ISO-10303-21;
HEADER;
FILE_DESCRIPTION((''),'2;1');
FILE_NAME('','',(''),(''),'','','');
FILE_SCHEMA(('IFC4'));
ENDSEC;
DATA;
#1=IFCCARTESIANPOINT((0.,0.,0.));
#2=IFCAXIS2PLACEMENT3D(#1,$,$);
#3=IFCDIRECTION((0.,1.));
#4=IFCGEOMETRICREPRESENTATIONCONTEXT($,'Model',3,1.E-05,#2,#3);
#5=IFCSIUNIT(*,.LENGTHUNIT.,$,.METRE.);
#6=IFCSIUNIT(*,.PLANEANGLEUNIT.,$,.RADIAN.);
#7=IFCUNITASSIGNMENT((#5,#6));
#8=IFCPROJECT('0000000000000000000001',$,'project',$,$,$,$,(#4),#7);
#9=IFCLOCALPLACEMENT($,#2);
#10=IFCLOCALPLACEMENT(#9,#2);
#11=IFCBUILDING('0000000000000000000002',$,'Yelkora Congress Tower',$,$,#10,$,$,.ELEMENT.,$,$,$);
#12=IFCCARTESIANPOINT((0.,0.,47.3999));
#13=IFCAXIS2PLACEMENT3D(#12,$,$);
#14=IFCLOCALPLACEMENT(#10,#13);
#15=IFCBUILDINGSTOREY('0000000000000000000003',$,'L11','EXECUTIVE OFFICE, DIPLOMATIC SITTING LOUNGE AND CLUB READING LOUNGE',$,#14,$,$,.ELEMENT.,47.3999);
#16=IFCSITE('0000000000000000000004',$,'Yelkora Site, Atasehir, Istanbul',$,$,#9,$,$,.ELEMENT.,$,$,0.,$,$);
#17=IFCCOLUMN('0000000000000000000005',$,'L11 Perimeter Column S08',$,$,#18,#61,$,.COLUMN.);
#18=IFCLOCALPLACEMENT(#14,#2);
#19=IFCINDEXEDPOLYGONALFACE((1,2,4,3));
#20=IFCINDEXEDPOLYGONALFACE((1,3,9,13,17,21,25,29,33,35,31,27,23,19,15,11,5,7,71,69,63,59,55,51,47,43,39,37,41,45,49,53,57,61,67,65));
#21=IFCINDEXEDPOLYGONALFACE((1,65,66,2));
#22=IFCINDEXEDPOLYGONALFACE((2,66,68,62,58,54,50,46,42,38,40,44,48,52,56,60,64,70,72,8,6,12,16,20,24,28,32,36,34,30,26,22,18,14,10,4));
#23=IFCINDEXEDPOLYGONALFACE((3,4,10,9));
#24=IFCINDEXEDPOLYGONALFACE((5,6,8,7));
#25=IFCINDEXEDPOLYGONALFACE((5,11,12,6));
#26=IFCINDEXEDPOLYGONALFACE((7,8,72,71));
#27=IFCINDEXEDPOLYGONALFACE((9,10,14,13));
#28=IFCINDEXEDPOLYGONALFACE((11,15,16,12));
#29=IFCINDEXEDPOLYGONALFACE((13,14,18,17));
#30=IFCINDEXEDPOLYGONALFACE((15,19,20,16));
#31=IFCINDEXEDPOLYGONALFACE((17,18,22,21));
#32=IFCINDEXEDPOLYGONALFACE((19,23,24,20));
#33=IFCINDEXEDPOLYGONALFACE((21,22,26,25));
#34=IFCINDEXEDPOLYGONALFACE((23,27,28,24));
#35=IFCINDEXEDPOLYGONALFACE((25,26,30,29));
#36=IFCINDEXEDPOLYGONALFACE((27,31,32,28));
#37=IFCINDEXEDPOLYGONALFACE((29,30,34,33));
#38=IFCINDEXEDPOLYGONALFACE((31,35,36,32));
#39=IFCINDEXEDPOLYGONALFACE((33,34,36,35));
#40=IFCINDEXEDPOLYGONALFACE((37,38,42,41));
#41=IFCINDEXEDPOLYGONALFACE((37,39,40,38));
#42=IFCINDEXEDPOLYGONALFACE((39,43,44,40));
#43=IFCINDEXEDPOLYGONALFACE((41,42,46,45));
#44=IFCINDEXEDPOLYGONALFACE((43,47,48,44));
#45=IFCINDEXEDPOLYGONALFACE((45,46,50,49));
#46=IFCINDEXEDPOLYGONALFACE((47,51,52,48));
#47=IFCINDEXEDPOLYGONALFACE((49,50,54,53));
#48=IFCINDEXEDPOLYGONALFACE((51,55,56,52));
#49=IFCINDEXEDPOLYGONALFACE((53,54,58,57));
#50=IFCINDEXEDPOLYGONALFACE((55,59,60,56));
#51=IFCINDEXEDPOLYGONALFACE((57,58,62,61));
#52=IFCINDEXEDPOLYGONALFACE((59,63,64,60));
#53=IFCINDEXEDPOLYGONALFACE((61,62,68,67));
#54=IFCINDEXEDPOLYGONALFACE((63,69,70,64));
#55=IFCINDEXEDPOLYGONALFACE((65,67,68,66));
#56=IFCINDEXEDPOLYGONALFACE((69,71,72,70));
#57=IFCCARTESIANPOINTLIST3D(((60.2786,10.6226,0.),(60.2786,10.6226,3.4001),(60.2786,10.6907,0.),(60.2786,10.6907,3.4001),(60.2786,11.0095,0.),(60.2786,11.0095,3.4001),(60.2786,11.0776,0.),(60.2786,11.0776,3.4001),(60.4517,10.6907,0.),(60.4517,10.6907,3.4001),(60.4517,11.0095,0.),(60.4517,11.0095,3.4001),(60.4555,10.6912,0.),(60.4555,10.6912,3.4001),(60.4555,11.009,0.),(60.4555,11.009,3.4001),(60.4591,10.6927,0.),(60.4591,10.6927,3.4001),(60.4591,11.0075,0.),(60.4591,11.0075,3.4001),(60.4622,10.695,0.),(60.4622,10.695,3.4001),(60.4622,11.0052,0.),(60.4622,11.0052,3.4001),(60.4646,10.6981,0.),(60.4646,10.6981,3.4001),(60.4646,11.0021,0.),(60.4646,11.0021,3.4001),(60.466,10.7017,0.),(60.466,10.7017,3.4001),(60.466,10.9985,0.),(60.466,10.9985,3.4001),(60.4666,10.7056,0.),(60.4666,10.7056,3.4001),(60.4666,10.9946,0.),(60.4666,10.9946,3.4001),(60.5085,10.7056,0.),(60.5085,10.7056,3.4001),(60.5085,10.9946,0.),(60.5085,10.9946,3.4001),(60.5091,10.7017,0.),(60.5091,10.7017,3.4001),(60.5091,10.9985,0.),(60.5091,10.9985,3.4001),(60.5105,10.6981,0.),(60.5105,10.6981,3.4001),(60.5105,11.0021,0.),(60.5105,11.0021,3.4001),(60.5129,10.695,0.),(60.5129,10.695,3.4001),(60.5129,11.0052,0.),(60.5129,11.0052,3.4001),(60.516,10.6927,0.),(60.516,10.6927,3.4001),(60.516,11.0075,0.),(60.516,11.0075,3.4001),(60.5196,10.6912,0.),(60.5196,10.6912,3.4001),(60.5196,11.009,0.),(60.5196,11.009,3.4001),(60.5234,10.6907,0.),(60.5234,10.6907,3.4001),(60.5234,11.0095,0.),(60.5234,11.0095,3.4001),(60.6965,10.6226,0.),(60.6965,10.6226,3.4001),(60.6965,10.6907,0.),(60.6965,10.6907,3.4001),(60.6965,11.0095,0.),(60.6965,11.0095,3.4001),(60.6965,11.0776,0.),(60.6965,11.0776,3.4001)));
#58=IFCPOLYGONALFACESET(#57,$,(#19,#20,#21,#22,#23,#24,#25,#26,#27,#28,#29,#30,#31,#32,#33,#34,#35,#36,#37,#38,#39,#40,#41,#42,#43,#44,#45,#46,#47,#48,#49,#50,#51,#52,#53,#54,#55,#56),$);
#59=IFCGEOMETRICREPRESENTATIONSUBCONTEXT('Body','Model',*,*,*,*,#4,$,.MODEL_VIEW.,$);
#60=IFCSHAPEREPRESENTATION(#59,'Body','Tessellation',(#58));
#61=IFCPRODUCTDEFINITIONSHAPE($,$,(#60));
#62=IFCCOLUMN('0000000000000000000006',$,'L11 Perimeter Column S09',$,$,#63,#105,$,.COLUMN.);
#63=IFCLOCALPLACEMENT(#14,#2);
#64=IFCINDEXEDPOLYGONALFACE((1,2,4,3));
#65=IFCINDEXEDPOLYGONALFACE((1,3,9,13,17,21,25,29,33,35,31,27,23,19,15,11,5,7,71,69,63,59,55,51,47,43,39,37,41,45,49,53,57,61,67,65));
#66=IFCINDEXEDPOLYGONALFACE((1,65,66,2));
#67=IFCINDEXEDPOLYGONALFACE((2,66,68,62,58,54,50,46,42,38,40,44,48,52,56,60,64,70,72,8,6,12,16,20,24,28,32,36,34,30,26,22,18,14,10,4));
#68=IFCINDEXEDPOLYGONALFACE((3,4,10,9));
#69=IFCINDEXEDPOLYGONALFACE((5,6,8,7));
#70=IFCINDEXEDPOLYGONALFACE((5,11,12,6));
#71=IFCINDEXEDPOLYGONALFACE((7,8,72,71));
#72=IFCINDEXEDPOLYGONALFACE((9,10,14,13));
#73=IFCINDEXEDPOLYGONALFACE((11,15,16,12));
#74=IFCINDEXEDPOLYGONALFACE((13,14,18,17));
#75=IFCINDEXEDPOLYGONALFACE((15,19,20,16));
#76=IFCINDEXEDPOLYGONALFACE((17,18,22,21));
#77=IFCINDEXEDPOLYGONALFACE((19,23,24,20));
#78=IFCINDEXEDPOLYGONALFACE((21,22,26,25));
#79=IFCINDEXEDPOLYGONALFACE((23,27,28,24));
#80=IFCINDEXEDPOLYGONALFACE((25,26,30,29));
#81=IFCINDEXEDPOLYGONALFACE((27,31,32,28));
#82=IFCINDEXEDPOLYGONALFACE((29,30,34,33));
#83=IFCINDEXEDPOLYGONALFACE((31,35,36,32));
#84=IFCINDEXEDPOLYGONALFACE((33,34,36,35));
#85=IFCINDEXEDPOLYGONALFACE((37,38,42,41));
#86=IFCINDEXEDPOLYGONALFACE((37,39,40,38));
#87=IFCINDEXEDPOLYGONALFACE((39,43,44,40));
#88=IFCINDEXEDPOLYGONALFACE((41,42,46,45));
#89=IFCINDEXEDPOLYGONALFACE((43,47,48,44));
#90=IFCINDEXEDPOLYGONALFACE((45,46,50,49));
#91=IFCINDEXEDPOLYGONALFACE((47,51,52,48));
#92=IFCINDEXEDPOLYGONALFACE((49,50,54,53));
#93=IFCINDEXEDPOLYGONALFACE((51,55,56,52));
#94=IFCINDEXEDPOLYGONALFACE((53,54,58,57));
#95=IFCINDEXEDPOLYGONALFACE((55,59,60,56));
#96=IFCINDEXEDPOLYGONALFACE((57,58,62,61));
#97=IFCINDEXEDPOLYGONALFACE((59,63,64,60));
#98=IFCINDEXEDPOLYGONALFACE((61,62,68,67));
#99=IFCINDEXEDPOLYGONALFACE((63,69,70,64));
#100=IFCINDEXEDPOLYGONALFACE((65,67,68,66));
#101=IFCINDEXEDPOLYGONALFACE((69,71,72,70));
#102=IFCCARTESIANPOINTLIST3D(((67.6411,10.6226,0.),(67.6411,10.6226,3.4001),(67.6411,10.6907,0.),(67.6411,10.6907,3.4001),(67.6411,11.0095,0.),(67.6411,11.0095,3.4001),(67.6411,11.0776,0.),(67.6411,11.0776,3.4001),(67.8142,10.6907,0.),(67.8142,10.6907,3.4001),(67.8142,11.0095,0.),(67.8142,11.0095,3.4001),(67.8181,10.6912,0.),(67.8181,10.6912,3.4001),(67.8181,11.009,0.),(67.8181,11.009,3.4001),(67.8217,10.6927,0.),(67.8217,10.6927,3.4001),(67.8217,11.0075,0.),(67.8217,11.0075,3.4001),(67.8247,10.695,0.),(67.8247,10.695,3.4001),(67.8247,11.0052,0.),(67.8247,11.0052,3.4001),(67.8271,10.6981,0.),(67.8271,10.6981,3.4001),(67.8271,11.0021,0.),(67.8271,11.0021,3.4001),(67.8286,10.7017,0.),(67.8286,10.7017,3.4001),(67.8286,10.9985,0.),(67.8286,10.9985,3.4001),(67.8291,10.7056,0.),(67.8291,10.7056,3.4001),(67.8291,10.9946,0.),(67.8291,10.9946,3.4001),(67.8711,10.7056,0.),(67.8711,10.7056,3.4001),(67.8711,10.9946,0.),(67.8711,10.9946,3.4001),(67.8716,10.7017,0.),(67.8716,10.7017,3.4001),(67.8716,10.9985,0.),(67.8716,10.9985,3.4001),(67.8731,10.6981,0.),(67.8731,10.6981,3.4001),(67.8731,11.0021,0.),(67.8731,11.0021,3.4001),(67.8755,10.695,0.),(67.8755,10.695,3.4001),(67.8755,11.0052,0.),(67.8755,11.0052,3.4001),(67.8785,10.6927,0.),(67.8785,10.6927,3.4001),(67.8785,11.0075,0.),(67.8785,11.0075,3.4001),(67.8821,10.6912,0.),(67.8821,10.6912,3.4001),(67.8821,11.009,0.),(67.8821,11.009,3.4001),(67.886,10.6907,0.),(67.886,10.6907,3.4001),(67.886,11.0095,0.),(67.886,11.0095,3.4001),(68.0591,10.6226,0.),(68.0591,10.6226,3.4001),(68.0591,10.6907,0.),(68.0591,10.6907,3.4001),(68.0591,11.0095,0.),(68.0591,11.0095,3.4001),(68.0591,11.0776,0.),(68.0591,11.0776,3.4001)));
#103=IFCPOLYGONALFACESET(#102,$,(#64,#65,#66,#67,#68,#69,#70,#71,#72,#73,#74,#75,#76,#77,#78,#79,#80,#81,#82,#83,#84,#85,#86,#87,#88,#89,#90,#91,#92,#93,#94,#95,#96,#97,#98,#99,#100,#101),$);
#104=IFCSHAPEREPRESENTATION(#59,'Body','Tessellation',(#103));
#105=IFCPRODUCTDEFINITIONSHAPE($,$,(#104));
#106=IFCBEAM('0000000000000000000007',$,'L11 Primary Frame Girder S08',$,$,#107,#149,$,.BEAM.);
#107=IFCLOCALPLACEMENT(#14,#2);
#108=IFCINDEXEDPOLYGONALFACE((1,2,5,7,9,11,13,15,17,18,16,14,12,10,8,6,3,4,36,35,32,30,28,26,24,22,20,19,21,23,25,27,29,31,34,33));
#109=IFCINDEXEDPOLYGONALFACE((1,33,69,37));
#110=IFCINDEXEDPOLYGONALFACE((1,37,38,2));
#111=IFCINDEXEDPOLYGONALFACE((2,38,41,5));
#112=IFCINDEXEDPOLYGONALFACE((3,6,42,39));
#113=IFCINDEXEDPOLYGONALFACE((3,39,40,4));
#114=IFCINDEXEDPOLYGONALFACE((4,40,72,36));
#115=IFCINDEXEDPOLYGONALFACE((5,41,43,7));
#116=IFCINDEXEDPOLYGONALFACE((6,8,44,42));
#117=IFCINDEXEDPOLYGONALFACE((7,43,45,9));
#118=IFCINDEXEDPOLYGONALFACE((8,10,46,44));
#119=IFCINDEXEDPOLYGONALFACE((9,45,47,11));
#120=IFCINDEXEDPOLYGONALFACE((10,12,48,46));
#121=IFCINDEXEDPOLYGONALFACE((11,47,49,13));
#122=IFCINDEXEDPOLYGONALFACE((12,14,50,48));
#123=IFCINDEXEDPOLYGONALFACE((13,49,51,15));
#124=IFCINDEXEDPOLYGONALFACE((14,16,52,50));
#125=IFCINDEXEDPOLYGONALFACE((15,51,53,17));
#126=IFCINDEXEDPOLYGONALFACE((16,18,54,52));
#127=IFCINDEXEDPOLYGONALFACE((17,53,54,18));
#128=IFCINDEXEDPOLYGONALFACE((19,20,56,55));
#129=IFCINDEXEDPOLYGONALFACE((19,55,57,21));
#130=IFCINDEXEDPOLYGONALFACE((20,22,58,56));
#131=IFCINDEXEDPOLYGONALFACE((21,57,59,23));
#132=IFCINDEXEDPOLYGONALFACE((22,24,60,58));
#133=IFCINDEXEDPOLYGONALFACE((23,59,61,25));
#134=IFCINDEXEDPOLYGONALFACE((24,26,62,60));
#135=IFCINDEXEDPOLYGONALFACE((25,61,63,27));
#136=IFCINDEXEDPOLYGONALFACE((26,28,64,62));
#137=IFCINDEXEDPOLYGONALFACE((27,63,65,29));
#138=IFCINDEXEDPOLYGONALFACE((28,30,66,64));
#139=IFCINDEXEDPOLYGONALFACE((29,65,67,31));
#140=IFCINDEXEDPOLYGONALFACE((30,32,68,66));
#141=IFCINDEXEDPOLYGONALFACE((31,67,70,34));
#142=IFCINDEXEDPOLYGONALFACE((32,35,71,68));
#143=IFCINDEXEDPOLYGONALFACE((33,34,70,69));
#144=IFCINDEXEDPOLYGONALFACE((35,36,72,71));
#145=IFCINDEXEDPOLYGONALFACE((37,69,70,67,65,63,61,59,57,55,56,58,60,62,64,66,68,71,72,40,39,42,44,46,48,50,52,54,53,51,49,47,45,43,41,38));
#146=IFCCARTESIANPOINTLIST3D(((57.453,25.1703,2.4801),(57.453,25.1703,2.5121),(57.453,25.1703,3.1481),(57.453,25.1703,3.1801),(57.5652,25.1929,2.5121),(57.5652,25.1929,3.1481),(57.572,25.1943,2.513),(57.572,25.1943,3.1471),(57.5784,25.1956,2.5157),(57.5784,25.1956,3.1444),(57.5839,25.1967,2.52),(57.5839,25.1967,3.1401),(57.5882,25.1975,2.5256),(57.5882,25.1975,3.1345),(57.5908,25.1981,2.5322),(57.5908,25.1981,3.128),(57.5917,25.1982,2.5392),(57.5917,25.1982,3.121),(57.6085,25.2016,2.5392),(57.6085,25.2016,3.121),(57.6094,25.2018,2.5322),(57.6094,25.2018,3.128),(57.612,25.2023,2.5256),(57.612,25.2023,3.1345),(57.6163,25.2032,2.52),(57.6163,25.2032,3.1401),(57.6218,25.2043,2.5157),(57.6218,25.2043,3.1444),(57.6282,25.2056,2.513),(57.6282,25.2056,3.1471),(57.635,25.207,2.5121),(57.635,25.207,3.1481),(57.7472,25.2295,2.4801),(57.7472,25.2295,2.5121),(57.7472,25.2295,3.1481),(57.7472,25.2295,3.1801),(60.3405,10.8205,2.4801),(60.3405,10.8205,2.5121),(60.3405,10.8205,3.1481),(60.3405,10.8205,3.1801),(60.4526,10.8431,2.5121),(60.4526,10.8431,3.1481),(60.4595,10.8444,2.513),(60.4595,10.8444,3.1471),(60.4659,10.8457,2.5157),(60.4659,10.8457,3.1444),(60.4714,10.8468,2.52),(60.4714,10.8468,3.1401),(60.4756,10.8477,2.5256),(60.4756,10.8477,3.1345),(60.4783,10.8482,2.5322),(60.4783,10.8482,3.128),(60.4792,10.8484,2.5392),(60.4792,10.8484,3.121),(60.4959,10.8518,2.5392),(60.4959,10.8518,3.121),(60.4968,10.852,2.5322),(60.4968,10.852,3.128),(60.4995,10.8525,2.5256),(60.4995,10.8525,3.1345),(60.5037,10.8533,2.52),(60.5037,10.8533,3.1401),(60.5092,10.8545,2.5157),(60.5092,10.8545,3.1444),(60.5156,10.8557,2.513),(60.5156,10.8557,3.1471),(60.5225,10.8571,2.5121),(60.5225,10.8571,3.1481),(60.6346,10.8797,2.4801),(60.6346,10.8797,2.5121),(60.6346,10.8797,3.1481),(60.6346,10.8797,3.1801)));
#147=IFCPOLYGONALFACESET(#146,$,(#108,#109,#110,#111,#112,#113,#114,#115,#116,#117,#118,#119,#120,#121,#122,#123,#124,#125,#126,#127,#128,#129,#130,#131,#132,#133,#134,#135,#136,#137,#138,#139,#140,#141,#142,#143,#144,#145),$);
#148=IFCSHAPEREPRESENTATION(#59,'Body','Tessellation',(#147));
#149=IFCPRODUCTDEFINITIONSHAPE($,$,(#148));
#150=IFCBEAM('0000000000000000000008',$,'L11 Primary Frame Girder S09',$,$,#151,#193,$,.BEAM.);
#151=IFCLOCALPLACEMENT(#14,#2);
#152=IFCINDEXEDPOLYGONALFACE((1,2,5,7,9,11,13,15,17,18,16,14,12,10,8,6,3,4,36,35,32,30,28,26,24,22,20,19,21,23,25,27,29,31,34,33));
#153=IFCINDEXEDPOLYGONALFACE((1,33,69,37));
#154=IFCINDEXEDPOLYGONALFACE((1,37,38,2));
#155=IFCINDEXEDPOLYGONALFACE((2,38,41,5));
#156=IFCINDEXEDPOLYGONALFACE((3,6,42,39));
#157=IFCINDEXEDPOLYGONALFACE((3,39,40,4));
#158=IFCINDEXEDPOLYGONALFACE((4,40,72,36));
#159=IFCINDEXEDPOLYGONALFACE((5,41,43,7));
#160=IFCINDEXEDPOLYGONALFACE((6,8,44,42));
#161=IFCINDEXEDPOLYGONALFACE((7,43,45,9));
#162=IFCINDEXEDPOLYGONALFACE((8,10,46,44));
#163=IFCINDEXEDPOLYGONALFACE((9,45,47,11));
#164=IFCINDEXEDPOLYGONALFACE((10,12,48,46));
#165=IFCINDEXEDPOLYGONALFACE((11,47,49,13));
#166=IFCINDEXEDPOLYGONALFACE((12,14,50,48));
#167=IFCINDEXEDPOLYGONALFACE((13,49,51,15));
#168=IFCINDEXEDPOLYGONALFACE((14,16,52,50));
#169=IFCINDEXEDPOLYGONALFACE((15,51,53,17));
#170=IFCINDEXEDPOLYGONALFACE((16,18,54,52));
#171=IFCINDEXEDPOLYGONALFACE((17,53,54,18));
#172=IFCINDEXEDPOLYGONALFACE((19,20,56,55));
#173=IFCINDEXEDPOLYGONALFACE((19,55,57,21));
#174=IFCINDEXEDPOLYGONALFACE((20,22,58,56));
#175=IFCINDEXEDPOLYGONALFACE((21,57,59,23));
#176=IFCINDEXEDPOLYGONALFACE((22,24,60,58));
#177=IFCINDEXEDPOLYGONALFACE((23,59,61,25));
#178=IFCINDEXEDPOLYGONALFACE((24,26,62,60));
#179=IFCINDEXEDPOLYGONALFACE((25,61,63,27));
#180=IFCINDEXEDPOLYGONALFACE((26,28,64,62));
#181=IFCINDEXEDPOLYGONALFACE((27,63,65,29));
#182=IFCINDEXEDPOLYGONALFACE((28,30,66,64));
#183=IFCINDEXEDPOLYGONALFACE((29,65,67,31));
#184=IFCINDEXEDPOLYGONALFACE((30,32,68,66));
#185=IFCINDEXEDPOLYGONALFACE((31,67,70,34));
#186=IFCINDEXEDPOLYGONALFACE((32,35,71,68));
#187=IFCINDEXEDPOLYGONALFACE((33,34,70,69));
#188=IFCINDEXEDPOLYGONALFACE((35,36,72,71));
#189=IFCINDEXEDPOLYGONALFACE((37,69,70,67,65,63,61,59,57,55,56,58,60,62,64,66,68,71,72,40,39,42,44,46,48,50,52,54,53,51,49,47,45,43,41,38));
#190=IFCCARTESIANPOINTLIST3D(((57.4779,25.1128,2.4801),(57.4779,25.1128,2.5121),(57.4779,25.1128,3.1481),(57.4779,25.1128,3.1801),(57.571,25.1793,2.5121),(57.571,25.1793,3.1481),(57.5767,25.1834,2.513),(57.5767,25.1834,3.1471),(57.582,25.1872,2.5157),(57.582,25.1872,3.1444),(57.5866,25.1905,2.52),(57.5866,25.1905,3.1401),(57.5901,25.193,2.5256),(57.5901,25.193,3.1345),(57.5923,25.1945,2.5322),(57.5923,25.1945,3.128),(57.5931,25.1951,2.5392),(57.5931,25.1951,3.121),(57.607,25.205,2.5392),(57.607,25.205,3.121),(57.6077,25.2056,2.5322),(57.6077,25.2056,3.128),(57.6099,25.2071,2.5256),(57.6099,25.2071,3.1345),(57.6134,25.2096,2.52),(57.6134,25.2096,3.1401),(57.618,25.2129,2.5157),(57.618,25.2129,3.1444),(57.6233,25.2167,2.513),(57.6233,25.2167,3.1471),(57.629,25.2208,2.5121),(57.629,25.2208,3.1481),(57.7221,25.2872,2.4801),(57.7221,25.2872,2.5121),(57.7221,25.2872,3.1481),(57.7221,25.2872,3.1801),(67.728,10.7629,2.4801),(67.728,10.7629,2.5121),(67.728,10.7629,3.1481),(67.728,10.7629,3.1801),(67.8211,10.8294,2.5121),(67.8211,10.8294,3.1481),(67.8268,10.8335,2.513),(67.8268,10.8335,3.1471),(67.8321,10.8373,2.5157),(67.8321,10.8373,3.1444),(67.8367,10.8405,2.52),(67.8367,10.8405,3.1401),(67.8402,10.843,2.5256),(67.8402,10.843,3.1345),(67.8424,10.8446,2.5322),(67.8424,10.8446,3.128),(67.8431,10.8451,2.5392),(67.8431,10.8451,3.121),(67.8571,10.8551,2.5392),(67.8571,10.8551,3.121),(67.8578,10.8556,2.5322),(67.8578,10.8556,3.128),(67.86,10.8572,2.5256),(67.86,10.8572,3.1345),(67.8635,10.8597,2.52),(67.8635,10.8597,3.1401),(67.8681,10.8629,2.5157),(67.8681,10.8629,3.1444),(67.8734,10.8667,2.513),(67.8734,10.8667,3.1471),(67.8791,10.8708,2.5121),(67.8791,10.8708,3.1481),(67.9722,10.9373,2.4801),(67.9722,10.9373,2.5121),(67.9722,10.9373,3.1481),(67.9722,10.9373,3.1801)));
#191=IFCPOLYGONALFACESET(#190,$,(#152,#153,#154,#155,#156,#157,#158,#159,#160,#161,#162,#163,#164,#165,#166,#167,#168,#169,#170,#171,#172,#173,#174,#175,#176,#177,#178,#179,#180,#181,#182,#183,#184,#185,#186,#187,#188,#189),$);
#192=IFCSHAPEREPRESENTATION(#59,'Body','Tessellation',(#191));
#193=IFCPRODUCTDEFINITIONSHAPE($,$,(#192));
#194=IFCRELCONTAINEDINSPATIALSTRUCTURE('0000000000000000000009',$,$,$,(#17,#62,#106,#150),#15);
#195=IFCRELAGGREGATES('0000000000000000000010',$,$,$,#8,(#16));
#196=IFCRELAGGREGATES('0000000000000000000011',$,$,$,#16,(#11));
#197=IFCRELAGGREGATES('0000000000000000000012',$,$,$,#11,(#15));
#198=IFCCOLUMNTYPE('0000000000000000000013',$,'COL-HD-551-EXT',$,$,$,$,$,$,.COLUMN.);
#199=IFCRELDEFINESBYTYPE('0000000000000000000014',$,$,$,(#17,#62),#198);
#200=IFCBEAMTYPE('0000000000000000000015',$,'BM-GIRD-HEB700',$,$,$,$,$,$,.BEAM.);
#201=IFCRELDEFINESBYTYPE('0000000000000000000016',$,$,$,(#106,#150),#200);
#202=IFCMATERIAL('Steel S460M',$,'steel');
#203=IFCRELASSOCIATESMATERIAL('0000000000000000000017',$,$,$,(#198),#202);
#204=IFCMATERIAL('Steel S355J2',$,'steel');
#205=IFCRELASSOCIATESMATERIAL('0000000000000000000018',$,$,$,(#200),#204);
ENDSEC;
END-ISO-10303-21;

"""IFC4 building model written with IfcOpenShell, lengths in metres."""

from ifc_helpers import new_model, si_unit, direction, frame, origin, origin_2d, place, context, subcontext, project, spatial, i_section, extrude, material, material_profile, profile_set, type_object, element, save


model = new_model("IFC4")

# Units and contexts
model_context = context("Model", 3, precision=1e-05, world=origin(), true_north=direction((0.0, 1.0)))
body_context = subcontext(model_context, "Body", "Model", "MODEL_VIEW")
ifc_project = project(units=[si_unit("LENGTHUNIT", "METRE"), si_unit("PLANEANGLEUNIT", "RADIAN")], contexts=[model_context])

# Site, building, storey
site_placement = place(None, origin())
site = spatial("IfcSite", under=ifc_project, at=site_placement, Name="Yelkora Site, Atasehir, Istanbul", CompositionType="ELEMENT", RefElevation=0.0)
building_placement = place(site_placement, origin())
building = spatial("IfcBuilding", under=site, at=building_placement, Name="Yelkora Congress Tower", CompositionType="ELEMENT")
storey_placement = place(building_placement, frame((0.0, 0.0, 47.3999)))
storey = spatial("IfcBuildingStorey", under=building, at=storey_placement, Name="L11", Description="EXECUTIVE OFFICE, DIPLOMATIC SITTING LOUNGE AND CLUB READING LOUNGE", CompositionType="ELEMENT", Elevation=47.3999)

# Columns
ifc_material_1 = material(Name="Steel S460M", Category="steel")
ifc_material_profile_1 = material_profile(ifc_material_1, i_section(OverallWidth=0.418, OverallDepth=0.4551, WebThickness=0.042, FlangeThickness=0.0681, FilletRadius=0.0149, at=origin_2d()), Name="HD 400x551")
ifc_profile_set_1 = profile_set([ifc_material_profile_1], Name="Steel S460M")
column_type = type_object("IfcColumnType", Name="COL-HD-551-EXT", PredefinedType="COLUMN", material=ifc_profile_set_1)
for number, where, z_axis, x_axis, name in (
    (1, (60.4875, 10.8501, 0.0), (0.0, 0.0, 1.0), (1.0, 0.0, 0.0), "L11 Perimeter Column S08"),
    (2, (67.8501, 10.8501, 0.0), (0.0, 0.0, 1.0), (1.0, 0.0, 0.0), "L11 Perimeter Column S09"),
):
    element("IfcColumn", number, at=place(storey_placement, frame(where, z_axis=z_axis, x_axis=x_axis)), inside=storey, type_object=column_type, Name=name, PredefinedType="COLUMN", context=body_context, shape_type="SweptSolid", body=[
        extrude(i_section(OverallWidth=0.418, OverallDepth=0.4551, WebThickness=0.042, FlangeThickness=0.0681, FilletRadius=0.0149, at=origin_2d()), origin(), (0.0, 0.0, 1.0), 3.4001),
    ])

# Beams
ifc_material_2 = material(Name="Steel S355J2", Category="steel")
ifc_material_profile_2 = material_profile(ifc_material_2, i_section(OverallWidth=0.3, OverallDepth=0.7, WebThickness=0.0171, FlangeThickness=0.032, FilletRadius=0.0271, at=origin_2d()), Name="HEB 700")
ifc_profile_set_2 = profile_set([ifc_material_profile_2], Name="Steel S355J2")
beam_type_1 = type_object("IfcBeamType", Name="BM-GIRD-HEB700", PredefinedType="BEAM", material=ifc_profile_set_2)
beam_1_placement = place(storey_placement, frame((60.4875, 10.8501, 2.8301), z_axis=(-0.197264, 0.98035, 0.0), x_axis=(-0.98035, -0.197264, 0.0)))
element("IfcBeam", 3, at=beam_1_placement, inside=storey, type_object=beam_type_1, Name="L11 Primary Frame Girder S08", PredefinedType="BEAM", context=body_context, shape_type="SweptSolid", body=[
    extrude(i_section(OverallWidth=0.3, OverallDepth=0.7, WebThickness=0.0171, FlangeThickness=0.032, FilletRadius=0.0271, at=origin_2d()), origin(), (0.0, 0.0, 1.0), 14.6375),
])
beam_2_placement = place(storey_placement, frame((67.8501, 10.8501, 2.8301), z_axis=(-0.581242, 0.813731, 0.0), x_axis=(-0.813731, -0.581242, 0.0)))
element("IfcBeam", 4, at=beam_2_placement, inside=storey, type_object=beam_type_1, Name="L11 Primary Frame Girder S09", PredefinedType="BEAM", context=body_context, shape_type="SweptSolid", body=[
    extrude(i_section(OverallWidth=0.3, OverallDepth=0.7, WebThickness=0.0171, FlangeThickness=0.032, FilletRadius=0.0271, at=origin_2d()), origin(), (0.0, 0.0, 1.0), 17.6348),
])

save(model, "model.ifc")
